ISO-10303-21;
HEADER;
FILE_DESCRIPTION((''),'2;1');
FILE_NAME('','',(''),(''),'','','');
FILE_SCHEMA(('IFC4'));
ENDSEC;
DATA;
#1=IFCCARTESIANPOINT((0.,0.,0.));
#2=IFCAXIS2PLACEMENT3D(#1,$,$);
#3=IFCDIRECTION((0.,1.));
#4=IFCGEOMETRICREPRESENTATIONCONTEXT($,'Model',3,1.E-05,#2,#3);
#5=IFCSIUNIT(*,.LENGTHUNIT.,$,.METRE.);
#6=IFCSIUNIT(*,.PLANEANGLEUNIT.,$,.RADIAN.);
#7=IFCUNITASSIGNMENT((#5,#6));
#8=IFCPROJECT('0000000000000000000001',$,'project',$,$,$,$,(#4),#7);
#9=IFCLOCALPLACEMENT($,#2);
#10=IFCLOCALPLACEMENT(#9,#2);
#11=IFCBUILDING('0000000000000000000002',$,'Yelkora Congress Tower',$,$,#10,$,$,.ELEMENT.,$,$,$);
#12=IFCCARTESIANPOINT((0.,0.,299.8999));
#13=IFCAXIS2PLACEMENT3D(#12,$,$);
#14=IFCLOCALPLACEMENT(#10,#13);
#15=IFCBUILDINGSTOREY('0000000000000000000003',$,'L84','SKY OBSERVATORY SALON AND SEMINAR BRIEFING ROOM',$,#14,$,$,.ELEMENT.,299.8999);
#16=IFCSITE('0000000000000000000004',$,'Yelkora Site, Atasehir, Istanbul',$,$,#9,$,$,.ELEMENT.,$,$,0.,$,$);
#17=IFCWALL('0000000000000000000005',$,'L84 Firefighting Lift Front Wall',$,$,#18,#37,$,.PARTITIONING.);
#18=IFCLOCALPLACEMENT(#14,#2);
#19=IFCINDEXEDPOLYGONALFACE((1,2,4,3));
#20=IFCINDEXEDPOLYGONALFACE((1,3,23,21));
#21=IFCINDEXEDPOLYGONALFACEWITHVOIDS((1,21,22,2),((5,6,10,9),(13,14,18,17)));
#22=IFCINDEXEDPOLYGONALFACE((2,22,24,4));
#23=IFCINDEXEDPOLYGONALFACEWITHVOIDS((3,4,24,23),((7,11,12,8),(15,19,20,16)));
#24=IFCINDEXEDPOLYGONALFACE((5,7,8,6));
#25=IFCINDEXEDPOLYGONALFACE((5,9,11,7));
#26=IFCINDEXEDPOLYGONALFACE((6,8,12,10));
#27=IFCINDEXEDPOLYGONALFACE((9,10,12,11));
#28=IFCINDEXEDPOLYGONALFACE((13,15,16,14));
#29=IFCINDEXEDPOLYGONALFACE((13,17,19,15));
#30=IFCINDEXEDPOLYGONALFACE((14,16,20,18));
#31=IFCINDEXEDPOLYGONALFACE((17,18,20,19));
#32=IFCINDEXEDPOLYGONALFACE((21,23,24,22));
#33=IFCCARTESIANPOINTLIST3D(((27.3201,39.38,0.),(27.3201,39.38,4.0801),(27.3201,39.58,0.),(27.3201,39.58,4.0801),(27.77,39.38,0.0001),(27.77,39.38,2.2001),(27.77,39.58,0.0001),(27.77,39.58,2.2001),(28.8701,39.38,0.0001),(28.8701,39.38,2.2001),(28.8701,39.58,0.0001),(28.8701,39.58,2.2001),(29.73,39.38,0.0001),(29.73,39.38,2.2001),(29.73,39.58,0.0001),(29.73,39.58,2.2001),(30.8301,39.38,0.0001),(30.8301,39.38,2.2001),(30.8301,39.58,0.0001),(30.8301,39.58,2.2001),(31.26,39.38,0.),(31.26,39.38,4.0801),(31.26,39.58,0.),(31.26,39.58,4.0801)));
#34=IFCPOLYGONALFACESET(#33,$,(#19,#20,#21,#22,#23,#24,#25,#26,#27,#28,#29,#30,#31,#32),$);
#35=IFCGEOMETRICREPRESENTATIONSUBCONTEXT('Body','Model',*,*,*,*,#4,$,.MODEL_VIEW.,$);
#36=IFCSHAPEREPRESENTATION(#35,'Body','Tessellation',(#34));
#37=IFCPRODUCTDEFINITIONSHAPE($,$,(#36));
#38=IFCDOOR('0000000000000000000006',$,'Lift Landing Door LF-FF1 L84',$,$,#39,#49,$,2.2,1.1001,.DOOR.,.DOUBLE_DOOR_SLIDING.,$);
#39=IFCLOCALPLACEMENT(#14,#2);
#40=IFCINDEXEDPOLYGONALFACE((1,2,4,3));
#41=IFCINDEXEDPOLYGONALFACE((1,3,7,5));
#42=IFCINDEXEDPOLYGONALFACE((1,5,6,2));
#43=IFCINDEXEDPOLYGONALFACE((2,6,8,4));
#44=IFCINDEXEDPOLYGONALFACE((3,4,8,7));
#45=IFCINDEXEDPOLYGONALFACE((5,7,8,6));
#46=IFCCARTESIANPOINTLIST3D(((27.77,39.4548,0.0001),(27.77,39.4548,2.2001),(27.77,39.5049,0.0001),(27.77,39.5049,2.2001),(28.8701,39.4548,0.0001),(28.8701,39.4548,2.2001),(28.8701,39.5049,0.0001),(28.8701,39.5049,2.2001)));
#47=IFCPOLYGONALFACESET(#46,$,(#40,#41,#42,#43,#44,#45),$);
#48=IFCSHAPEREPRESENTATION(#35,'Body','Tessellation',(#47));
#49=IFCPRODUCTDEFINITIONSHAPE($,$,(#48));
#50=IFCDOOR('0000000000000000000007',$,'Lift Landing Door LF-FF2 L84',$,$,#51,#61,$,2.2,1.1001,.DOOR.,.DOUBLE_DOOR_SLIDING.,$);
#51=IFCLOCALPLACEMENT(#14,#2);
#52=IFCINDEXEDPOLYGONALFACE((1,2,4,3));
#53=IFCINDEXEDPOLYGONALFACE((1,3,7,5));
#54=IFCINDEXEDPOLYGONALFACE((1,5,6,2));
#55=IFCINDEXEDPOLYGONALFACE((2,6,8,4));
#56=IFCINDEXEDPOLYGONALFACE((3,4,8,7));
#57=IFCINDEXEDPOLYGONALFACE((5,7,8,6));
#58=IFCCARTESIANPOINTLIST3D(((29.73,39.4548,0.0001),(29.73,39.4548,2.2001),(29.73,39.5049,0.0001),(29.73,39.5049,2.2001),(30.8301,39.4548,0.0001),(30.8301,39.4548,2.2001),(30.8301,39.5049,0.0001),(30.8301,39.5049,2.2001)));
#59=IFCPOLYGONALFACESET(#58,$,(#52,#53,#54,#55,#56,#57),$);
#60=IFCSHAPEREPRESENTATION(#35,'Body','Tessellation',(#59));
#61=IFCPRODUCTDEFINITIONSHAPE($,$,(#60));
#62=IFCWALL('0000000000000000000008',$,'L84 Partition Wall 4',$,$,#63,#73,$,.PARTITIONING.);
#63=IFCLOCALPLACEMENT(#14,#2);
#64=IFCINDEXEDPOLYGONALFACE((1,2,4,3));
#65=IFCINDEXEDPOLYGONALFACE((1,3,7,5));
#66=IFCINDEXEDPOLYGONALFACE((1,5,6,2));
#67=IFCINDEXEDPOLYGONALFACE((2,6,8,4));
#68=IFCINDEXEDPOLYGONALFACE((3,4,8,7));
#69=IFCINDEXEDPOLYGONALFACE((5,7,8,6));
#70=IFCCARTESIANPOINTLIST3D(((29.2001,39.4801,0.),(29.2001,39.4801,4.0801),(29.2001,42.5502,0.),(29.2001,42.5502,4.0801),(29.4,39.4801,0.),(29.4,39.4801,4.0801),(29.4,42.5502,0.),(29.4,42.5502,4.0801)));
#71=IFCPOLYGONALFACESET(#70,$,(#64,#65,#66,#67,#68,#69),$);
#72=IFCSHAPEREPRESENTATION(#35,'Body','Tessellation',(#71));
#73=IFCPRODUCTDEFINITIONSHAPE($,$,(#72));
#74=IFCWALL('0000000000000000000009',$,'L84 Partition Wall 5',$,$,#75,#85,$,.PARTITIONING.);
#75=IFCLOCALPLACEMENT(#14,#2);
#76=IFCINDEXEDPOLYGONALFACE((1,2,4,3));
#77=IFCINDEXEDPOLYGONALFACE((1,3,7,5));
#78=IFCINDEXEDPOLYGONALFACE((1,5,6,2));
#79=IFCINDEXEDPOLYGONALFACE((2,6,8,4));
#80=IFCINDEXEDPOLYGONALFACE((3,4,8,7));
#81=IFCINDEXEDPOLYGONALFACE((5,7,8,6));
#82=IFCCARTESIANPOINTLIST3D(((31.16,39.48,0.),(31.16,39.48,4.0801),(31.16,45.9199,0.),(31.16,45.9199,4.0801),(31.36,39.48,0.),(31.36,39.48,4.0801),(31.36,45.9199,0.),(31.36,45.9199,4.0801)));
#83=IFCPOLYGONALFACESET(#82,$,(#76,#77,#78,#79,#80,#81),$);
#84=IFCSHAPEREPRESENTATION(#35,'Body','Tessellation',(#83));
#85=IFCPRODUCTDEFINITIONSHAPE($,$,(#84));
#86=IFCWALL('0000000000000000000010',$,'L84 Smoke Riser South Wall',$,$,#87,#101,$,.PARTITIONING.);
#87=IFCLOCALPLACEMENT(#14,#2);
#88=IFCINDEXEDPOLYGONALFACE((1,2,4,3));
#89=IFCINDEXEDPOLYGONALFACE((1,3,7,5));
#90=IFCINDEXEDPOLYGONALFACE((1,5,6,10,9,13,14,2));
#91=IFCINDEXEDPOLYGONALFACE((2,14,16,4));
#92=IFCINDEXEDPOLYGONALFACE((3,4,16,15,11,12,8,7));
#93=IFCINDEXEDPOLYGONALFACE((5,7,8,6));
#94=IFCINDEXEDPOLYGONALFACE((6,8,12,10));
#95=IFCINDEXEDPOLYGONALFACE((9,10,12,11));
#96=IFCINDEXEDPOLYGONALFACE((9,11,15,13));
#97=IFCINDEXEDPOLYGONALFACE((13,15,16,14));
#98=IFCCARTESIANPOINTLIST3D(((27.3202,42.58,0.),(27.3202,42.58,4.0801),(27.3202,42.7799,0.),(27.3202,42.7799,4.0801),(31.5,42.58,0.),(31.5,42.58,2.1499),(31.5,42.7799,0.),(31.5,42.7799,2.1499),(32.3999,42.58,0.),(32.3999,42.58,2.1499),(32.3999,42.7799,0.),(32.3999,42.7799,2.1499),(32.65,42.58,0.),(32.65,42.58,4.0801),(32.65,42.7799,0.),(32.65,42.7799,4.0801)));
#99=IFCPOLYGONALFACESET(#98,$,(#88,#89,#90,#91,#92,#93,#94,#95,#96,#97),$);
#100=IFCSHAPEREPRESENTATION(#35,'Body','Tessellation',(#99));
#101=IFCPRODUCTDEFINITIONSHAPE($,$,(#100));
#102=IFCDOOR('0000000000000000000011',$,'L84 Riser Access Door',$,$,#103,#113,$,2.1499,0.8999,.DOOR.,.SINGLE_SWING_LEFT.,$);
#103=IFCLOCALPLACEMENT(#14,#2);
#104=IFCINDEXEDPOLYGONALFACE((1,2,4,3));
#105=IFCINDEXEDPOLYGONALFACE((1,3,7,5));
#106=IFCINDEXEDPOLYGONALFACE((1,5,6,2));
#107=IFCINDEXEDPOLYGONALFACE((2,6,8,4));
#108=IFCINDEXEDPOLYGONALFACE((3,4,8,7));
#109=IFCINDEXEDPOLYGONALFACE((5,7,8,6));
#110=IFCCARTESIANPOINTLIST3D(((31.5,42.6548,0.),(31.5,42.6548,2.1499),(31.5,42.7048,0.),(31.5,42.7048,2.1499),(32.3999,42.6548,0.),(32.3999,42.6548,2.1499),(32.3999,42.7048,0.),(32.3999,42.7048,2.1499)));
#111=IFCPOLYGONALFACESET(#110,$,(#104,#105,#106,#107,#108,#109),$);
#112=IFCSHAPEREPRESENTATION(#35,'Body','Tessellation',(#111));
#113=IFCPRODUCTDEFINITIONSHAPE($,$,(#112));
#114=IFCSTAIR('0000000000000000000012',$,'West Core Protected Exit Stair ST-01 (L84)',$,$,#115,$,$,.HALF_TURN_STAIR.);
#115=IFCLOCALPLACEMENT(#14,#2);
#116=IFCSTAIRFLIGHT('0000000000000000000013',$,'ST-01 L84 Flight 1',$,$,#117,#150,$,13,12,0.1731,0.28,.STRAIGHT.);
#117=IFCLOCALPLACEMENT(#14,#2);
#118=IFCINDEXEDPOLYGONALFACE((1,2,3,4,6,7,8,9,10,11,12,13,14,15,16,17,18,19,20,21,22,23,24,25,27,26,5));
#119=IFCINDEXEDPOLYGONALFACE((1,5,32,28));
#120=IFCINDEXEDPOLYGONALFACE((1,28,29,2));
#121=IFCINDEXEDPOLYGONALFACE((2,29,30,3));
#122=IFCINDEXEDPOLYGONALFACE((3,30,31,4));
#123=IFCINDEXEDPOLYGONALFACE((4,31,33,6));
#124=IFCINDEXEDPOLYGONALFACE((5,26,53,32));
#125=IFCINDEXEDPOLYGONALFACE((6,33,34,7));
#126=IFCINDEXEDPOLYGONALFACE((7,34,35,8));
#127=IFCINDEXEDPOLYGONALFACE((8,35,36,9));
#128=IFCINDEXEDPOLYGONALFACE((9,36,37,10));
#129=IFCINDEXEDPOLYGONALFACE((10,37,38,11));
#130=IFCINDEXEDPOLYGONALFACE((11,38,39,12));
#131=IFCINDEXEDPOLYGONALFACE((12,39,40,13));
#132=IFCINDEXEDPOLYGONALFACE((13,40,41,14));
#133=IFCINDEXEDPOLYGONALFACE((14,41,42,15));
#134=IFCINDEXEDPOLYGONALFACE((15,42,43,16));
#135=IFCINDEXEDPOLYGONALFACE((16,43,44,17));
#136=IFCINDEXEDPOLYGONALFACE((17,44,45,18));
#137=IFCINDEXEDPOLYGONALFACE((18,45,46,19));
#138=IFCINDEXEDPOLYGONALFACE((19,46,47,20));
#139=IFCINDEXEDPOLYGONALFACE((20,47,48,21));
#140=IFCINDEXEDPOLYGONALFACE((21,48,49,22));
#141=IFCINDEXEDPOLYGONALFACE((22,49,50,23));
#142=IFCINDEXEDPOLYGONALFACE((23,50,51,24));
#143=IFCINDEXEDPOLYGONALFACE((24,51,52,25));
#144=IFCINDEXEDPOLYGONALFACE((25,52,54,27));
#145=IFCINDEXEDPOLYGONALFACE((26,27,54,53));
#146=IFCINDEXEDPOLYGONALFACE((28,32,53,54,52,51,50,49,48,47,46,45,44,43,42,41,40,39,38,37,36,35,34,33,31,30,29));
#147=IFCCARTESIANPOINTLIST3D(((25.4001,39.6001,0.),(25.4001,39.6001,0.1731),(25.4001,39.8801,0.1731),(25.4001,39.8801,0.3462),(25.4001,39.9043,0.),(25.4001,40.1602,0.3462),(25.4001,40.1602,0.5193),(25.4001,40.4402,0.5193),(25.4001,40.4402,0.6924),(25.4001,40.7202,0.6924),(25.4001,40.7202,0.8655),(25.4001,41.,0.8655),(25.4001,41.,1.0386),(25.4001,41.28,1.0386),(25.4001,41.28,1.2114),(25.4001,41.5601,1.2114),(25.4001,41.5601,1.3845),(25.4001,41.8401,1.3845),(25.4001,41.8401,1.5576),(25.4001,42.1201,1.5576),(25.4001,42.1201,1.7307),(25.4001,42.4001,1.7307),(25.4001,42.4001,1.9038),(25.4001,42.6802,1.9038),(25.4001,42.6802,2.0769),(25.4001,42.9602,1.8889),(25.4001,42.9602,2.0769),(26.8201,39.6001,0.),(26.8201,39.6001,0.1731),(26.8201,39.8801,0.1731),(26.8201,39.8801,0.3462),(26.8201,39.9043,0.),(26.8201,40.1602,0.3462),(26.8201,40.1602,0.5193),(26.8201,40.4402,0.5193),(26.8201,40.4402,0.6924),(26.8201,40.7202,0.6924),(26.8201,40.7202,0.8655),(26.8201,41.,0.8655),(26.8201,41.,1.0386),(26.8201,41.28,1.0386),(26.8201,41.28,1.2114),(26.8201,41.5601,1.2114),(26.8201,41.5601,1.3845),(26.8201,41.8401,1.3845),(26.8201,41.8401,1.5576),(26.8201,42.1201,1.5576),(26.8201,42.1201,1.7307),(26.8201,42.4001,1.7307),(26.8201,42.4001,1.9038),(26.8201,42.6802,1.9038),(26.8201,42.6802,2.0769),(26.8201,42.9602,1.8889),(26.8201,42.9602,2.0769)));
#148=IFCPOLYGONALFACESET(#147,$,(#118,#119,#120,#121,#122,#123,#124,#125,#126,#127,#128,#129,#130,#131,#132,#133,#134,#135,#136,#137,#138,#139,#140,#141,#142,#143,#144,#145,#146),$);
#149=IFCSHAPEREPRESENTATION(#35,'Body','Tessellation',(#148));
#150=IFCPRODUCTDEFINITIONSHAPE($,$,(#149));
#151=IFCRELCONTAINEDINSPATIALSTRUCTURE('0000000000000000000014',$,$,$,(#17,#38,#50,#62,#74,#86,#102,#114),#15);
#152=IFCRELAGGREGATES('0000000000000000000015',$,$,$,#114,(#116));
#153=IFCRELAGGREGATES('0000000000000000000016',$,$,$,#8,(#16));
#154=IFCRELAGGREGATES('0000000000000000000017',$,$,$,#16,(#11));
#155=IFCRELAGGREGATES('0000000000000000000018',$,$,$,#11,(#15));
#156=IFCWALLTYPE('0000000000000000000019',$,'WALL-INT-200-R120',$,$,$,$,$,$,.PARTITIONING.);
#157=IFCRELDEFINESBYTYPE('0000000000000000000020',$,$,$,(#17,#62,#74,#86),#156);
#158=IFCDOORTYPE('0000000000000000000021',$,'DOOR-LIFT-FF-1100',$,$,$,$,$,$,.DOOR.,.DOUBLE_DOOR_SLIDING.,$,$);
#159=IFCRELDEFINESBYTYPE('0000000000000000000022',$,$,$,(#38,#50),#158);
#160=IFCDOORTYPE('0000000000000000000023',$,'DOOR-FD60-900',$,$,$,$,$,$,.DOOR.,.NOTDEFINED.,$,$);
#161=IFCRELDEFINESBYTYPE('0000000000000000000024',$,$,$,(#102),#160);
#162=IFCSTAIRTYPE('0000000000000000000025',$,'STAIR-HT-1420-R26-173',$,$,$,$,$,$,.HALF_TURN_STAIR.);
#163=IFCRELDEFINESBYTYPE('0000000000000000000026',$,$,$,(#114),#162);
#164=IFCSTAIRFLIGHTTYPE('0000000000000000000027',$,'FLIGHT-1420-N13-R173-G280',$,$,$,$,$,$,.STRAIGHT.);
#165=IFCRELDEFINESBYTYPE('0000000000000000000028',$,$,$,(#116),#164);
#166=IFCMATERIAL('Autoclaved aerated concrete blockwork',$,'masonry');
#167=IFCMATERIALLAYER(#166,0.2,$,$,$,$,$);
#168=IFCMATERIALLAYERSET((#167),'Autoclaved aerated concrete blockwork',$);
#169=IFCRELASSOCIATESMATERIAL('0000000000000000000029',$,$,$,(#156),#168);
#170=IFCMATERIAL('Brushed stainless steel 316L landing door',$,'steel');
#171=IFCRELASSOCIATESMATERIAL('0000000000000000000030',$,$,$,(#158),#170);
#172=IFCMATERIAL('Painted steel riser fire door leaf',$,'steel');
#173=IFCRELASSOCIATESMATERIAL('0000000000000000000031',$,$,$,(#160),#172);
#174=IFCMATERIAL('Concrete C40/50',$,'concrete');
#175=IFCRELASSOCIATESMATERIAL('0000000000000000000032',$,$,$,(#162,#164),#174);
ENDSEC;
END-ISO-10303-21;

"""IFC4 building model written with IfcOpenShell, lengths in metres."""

from ifc_helpers import new_model, si_unit, direction, frame, frame_2d, origin, place, context, subcontext, project, spatial, polyline, rectangle, outline, extrude, material, layer, layer_set, type_object, element, fill, aggregate, save


model = new_model("IFC4")

# Units and contexts
model_context = context("Model", 3, precision=1e-05, world=origin(), true_north=direction((0.0, 1.0)))
body_context = subcontext(model_context, "Body", "Model", "MODEL_VIEW")
ifc_project = project(units=[si_unit("LENGTHUNIT", "METRE"), si_unit("PLANEANGLEUNIT", "RADIAN")], contexts=[model_context])

# Site, building, storey
site_placement = place(None, origin())
site = spatial("IfcSite", under=ifc_project, at=site_placement, Name="Yelkora Site, Atasehir, Istanbul", CompositionType="ELEMENT", RefElevation=0.0)
building_placement = place(site_placement, origin())
building = spatial("IfcBuilding", under=site, at=building_placement, Name="Yelkora Congress Tower", CompositionType="ELEMENT")
storey_placement = place(building_placement, frame((0.0, 0.0, 299.8999)))
storey = spatial("IfcBuildingStorey", under=building, at=storey_placement, Name="L84", Description="SKY OBSERVATORY SALON AND SEMINAR BRIEFING ROOM", CompositionType="ELEMENT", Elevation=299.8999)

# Shared definitions
ifc_material_1 = material(Name="Autoclaved aerated concrete blockwork", Category="masonry")
ifc_layer_1 = layer(ifc_material_1, 0.2)
ifc_layer_set_1 = layer_set([ifc_layer_1], Name="Autoclaved aerated concrete blockwork")
wall_type_1 = type_object("IfcWallType", Name="WALL-INT-200-R120", PredefinedType="PARTITIONING", material=ifc_layer_set_1)

# Wall, openings, doors
wall_1_placement = place(storey_placement, frame((27.3201, 39.48, 0.0), z_axis=(0.0, 0.0, 1.0), x_axis=(1.0, 0.0, 0.0)))
wall_1 = element("IfcWall", 1, at=wall_1_placement, inside=storey, type_object=wall_type_1, Name="L84 Firefighting Lift Front Wall", PredefinedType="PARTITIONING", context=body_context, shape_type="SweptSolid", body=[
    extrude(rectangle(XDim=3.9399, YDim=0.2, at=frame_2d((1.97, 0.0))), origin(), (0.0, 0.0, 1.0), 4.0801),
])
opening_1_placement = place(wall_1_placement, frame((0.45, 0.0, 0.0)))
opening_1 = element("IfcOpeningElement", 2, at=opening_1_placement, cuts=wall_1, PredefinedType="OPENING", context=body_context, shape_type="SweptSolid", body=[
    extrude(rectangle(XDim=1.1001, YDim=2.2, at=frame_2d((0.55, 1.1001))), frame((0.0, 0.1099, 0.0), z_axis=(0.0, -1.0, 0.0), x_axis=(1.0, 0.0, 0.0)), (0.0, 0.0, 1.0), 0.22),
])
opening_2_placement = place(wall_1_placement, frame((2.4099, 0.0, 0.0)))
opening_2 = element("IfcOpeningElement", 3, at=opening_2_placement, cuts=wall_1, PredefinedType="OPENING", context=body_context, shape_type="SweptSolid", body=[
    extrude(rectangle(XDim=1.1001, YDim=2.2, at=frame_2d((0.55, 1.1001))), frame((0.0, 0.1099, 0.0), z_axis=(0.0, -1.0, 0.0), x_axis=(1.0, 0.0, 0.0)), (0.0, 0.0, 1.0), 0.22),
])
ifc_material_2 = material(Name="Brushed stainless steel 316L landing door", Category="steel")
door_type_1 = type_object("IfcDoorType", Name="DOOR-LIFT-FF-1100", OperationType="DOUBLE_DOOR_SLIDING", PredefinedType="DOOR", material=ifc_material_2)
door_1_placement = place(opening_1_placement, origin())
door_1 = element("IfcDoor", 4, at=door_1_placement, inside=storey, type_object=door_type_1, Name="Lift Landing Door LF-FF1 L84", OperationType="DOUBLE_DOOR_SLIDING", OverallHeight=2.2, OverallWidth=1.1001, PredefinedType="DOOR", context=body_context, shape_type="SweptSolid", body=[
    extrude(rectangle(XDim=1.1001, YDim=2.2, at=frame_2d((0.55, 1.1001))), frame((0.0, 0.0249, 0.0), z_axis=(0.0, -1.0, 0.0), x_axis=(1.0, 0.0, 0.0)), (0.0, 0.0, 1.0), 0.05),
])
fill(opening_1, door_1)
door_2_placement = place(opening_2_placement, origin())
door_2 = element("IfcDoor", 5, at=door_2_placement, inside=storey, type_object=door_type_1, Name="Lift Landing Door LF-FF2 L84", OperationType="DOUBLE_DOOR_SLIDING", OverallHeight=2.2, OverallWidth=1.1001, PredefinedType="DOOR", context=body_context, shape_type="SweptSolid", body=[
    extrude(rectangle(XDim=1.1001, YDim=2.2, at=frame_2d((0.55, 1.1001))), frame((0.0, 0.0249, 0.0), z_axis=(0.0, -1.0, 0.0), x_axis=(1.0, 0.0, 0.0)), (0.0, 0.0, 1.0), 0.05),
])
fill(opening_2, door_2)

# Walls
wall_2_placement = place(storey_placement, frame((29.3, 39.48, 0.0), z_axis=(0.0, 0.0, 1.0), x_axis=(0.0, 1.0, 0.0)))
element("IfcWall", 6, at=wall_2_placement, inside=storey, type_object=wall_type_1, Name="L84 Partition Wall 4", PredefinedType="PARTITIONING", context=body_context, shape_type="SweptSolid", body=[
    extrude(rectangle(XDim=3.0701, YDim=0.2, at=frame_2d((1.5352, 0.0))), origin(), (0.0, 0.0, 1.0), 4.0801),
])
wall_3_placement = place(storey_placement, frame((31.26, 39.48, 0.0), z_axis=(0.0, 0.0, 1.0), x_axis=(0.0, 1.0, 0.0)))
element("IfcWall", 7, at=wall_3_placement, inside=storey, type_object=wall_type_1, Name="L84 Partition Wall 5", PredefinedType="PARTITIONING", context=body_context, shape_type="SweptSolid", body=[
    extrude(rectangle(XDim=6.4399, YDim=0.2, at=frame_2d((3.22, 0.0))), origin(), (0.0, 0.0, 1.0), 4.0801),
])

# Wall, opening, door
wall_4_placement = place(storey_placement, frame((27.3201, 42.6799, 0.0), z_axis=(0.0, 0.0, 1.0), x_axis=(1.0, 0.0, 0.0)))
wall_4 = element("IfcWall", 8, at=wall_4_placement, inside=storey, type_object=wall_type_1, Name="L84 Smoke Riser South Wall", PredefinedType="PARTITIONING", context=body_context, shape_type="SweptSolid", body=[
    extrude(rectangle(XDim=5.3298, YDim=0.2, at=frame_2d((2.665, 0.0))), origin(), (0.0, 0.0, 1.0), 4.0801),
])
opening_3_placement = place(wall_4_placement, frame((4.1799, 0.0, 0.0)))
opening_3 = element("IfcOpeningElement", 9, at=opening_3_placement, cuts=wall_4, PredefinedType="OPENING", context=body_context, shape_type="SweptSolid", body=[
    extrude(rectangle(XDim=0.8999, YDim=2.1499, at=frame_2d((0.45, 1.075))), frame((0.0, 0.1099, 0.0), z_axis=(0.0, -1.0, 0.0), x_axis=(1.0, 0.0, 0.0)), (0.0, 0.0, 1.0), 0.22),
])
ifc_material_3 = material(Name="Painted steel riser fire door leaf", Category="steel")
door_type_2 = type_object("IfcDoorType", Name="DOOR-FD60-900", OperationType="NOTDEFINED", PredefinedType="DOOR", material=ifc_material_3)
door_3_placement = place(opening_3_placement, origin())
door_3 = element("IfcDoor", 10, at=door_3_placement, inside=storey, type_object=door_type_2, Name="L84 Riser Access Door", OperationType="SINGLE_SWING_LEFT", OverallHeight=2.1499, OverallWidth=0.8999, PredefinedType="DOOR", context=body_context, shape_type="SweptSolid", body=[
    extrude(rectangle(XDim=0.8999, YDim=2.1499, at=frame_2d((0.45, 1.075))), frame((0.0, 0.0249, 0.0), z_axis=(0.0, -1.0, 0.0), x_axis=(1.0, 0.0, 0.0)), (0.0, 0.0, 1.0), 0.05),
])
fill(opening_3, door_3)

# Stair, stair flight
ifc_material_4 = material(Name="Concrete C40/50", Category="concrete")
stair_type = type_object("IfcStairType", Name="STAIR-HT-1420-R26-173", PredefinedType="HALF_TURN_STAIR", material=ifc_material_4)
stair_placement = place(storey_placement, origin())
stair = element("IfcStair", 11, at=stair_placement, inside=storey, type_object=stair_type, Name="West Core Protected Exit Stair ST-01 (L84)", PredefinedType="HALF_TURN_STAIR")
stair_flight_type = type_object("IfcStairFlightType", Name="FLIGHT-1420-N13-R173-G280", PredefinedType="STRAIGHT", material=ifc_material_4)
stair_flight_1_placement = place(storey_placement, frame((26.1101, 39.6001, 0.0), z_axis=(0.0, 0.0, 1.0), x_axis=(0.0, 1.0, 0.0)))
stair_flight_1 = element("IfcStairFlight", 12, at=stair_flight_1_placement, type_object=stair_flight_type, Name="ST-01 L84 Flight 1", NumberOfRisers=13, NumberOfTreads=12, PredefinedType="STRAIGHT", RiserHeight=0.1731, TreadLength=0.28, context=body_context, shape_type="SweptSolid", body=[
    extrude(outline(polyline([(0.0, 0.0), (0.0, 0.1731), (0.28, 0.1731), (0.28, 0.3462), (0.5601, 0.3462), (0.5601, 0.5193), (0.8401, 0.5193), (0.8401, 0.6924), (1.1201, 0.6924), (1.1201, 0.8655), (1.3999, 0.8655), (1.3999, 1.0386), (1.6799, 1.0386), (1.6799, 1.2114), (1.96, 1.2114), (1.96, 1.3845), (2.24, 1.3845), (2.24, 1.5576), (2.52, 1.5576), (2.52, 1.7307), (2.8, 1.7307), (2.8, 1.9038), (3.0801, 1.9038), (3.0801, 2.0769), (3.3601, 2.0769), (3.3601, 2.25), (3.3601, 1.8889), (0.3042, 0.0), (0.0, 0.0)])), frame((0.0, 0.71, 0.0), z_axis=(0.0, -1.0, 0.0), x_axis=(1.0, 0.0, 0.0)), (0.0, 0.0, 1.0), 1.4199),
])
aggregate(stair, [stair_flight_1])

save(model, "model.ifc")
